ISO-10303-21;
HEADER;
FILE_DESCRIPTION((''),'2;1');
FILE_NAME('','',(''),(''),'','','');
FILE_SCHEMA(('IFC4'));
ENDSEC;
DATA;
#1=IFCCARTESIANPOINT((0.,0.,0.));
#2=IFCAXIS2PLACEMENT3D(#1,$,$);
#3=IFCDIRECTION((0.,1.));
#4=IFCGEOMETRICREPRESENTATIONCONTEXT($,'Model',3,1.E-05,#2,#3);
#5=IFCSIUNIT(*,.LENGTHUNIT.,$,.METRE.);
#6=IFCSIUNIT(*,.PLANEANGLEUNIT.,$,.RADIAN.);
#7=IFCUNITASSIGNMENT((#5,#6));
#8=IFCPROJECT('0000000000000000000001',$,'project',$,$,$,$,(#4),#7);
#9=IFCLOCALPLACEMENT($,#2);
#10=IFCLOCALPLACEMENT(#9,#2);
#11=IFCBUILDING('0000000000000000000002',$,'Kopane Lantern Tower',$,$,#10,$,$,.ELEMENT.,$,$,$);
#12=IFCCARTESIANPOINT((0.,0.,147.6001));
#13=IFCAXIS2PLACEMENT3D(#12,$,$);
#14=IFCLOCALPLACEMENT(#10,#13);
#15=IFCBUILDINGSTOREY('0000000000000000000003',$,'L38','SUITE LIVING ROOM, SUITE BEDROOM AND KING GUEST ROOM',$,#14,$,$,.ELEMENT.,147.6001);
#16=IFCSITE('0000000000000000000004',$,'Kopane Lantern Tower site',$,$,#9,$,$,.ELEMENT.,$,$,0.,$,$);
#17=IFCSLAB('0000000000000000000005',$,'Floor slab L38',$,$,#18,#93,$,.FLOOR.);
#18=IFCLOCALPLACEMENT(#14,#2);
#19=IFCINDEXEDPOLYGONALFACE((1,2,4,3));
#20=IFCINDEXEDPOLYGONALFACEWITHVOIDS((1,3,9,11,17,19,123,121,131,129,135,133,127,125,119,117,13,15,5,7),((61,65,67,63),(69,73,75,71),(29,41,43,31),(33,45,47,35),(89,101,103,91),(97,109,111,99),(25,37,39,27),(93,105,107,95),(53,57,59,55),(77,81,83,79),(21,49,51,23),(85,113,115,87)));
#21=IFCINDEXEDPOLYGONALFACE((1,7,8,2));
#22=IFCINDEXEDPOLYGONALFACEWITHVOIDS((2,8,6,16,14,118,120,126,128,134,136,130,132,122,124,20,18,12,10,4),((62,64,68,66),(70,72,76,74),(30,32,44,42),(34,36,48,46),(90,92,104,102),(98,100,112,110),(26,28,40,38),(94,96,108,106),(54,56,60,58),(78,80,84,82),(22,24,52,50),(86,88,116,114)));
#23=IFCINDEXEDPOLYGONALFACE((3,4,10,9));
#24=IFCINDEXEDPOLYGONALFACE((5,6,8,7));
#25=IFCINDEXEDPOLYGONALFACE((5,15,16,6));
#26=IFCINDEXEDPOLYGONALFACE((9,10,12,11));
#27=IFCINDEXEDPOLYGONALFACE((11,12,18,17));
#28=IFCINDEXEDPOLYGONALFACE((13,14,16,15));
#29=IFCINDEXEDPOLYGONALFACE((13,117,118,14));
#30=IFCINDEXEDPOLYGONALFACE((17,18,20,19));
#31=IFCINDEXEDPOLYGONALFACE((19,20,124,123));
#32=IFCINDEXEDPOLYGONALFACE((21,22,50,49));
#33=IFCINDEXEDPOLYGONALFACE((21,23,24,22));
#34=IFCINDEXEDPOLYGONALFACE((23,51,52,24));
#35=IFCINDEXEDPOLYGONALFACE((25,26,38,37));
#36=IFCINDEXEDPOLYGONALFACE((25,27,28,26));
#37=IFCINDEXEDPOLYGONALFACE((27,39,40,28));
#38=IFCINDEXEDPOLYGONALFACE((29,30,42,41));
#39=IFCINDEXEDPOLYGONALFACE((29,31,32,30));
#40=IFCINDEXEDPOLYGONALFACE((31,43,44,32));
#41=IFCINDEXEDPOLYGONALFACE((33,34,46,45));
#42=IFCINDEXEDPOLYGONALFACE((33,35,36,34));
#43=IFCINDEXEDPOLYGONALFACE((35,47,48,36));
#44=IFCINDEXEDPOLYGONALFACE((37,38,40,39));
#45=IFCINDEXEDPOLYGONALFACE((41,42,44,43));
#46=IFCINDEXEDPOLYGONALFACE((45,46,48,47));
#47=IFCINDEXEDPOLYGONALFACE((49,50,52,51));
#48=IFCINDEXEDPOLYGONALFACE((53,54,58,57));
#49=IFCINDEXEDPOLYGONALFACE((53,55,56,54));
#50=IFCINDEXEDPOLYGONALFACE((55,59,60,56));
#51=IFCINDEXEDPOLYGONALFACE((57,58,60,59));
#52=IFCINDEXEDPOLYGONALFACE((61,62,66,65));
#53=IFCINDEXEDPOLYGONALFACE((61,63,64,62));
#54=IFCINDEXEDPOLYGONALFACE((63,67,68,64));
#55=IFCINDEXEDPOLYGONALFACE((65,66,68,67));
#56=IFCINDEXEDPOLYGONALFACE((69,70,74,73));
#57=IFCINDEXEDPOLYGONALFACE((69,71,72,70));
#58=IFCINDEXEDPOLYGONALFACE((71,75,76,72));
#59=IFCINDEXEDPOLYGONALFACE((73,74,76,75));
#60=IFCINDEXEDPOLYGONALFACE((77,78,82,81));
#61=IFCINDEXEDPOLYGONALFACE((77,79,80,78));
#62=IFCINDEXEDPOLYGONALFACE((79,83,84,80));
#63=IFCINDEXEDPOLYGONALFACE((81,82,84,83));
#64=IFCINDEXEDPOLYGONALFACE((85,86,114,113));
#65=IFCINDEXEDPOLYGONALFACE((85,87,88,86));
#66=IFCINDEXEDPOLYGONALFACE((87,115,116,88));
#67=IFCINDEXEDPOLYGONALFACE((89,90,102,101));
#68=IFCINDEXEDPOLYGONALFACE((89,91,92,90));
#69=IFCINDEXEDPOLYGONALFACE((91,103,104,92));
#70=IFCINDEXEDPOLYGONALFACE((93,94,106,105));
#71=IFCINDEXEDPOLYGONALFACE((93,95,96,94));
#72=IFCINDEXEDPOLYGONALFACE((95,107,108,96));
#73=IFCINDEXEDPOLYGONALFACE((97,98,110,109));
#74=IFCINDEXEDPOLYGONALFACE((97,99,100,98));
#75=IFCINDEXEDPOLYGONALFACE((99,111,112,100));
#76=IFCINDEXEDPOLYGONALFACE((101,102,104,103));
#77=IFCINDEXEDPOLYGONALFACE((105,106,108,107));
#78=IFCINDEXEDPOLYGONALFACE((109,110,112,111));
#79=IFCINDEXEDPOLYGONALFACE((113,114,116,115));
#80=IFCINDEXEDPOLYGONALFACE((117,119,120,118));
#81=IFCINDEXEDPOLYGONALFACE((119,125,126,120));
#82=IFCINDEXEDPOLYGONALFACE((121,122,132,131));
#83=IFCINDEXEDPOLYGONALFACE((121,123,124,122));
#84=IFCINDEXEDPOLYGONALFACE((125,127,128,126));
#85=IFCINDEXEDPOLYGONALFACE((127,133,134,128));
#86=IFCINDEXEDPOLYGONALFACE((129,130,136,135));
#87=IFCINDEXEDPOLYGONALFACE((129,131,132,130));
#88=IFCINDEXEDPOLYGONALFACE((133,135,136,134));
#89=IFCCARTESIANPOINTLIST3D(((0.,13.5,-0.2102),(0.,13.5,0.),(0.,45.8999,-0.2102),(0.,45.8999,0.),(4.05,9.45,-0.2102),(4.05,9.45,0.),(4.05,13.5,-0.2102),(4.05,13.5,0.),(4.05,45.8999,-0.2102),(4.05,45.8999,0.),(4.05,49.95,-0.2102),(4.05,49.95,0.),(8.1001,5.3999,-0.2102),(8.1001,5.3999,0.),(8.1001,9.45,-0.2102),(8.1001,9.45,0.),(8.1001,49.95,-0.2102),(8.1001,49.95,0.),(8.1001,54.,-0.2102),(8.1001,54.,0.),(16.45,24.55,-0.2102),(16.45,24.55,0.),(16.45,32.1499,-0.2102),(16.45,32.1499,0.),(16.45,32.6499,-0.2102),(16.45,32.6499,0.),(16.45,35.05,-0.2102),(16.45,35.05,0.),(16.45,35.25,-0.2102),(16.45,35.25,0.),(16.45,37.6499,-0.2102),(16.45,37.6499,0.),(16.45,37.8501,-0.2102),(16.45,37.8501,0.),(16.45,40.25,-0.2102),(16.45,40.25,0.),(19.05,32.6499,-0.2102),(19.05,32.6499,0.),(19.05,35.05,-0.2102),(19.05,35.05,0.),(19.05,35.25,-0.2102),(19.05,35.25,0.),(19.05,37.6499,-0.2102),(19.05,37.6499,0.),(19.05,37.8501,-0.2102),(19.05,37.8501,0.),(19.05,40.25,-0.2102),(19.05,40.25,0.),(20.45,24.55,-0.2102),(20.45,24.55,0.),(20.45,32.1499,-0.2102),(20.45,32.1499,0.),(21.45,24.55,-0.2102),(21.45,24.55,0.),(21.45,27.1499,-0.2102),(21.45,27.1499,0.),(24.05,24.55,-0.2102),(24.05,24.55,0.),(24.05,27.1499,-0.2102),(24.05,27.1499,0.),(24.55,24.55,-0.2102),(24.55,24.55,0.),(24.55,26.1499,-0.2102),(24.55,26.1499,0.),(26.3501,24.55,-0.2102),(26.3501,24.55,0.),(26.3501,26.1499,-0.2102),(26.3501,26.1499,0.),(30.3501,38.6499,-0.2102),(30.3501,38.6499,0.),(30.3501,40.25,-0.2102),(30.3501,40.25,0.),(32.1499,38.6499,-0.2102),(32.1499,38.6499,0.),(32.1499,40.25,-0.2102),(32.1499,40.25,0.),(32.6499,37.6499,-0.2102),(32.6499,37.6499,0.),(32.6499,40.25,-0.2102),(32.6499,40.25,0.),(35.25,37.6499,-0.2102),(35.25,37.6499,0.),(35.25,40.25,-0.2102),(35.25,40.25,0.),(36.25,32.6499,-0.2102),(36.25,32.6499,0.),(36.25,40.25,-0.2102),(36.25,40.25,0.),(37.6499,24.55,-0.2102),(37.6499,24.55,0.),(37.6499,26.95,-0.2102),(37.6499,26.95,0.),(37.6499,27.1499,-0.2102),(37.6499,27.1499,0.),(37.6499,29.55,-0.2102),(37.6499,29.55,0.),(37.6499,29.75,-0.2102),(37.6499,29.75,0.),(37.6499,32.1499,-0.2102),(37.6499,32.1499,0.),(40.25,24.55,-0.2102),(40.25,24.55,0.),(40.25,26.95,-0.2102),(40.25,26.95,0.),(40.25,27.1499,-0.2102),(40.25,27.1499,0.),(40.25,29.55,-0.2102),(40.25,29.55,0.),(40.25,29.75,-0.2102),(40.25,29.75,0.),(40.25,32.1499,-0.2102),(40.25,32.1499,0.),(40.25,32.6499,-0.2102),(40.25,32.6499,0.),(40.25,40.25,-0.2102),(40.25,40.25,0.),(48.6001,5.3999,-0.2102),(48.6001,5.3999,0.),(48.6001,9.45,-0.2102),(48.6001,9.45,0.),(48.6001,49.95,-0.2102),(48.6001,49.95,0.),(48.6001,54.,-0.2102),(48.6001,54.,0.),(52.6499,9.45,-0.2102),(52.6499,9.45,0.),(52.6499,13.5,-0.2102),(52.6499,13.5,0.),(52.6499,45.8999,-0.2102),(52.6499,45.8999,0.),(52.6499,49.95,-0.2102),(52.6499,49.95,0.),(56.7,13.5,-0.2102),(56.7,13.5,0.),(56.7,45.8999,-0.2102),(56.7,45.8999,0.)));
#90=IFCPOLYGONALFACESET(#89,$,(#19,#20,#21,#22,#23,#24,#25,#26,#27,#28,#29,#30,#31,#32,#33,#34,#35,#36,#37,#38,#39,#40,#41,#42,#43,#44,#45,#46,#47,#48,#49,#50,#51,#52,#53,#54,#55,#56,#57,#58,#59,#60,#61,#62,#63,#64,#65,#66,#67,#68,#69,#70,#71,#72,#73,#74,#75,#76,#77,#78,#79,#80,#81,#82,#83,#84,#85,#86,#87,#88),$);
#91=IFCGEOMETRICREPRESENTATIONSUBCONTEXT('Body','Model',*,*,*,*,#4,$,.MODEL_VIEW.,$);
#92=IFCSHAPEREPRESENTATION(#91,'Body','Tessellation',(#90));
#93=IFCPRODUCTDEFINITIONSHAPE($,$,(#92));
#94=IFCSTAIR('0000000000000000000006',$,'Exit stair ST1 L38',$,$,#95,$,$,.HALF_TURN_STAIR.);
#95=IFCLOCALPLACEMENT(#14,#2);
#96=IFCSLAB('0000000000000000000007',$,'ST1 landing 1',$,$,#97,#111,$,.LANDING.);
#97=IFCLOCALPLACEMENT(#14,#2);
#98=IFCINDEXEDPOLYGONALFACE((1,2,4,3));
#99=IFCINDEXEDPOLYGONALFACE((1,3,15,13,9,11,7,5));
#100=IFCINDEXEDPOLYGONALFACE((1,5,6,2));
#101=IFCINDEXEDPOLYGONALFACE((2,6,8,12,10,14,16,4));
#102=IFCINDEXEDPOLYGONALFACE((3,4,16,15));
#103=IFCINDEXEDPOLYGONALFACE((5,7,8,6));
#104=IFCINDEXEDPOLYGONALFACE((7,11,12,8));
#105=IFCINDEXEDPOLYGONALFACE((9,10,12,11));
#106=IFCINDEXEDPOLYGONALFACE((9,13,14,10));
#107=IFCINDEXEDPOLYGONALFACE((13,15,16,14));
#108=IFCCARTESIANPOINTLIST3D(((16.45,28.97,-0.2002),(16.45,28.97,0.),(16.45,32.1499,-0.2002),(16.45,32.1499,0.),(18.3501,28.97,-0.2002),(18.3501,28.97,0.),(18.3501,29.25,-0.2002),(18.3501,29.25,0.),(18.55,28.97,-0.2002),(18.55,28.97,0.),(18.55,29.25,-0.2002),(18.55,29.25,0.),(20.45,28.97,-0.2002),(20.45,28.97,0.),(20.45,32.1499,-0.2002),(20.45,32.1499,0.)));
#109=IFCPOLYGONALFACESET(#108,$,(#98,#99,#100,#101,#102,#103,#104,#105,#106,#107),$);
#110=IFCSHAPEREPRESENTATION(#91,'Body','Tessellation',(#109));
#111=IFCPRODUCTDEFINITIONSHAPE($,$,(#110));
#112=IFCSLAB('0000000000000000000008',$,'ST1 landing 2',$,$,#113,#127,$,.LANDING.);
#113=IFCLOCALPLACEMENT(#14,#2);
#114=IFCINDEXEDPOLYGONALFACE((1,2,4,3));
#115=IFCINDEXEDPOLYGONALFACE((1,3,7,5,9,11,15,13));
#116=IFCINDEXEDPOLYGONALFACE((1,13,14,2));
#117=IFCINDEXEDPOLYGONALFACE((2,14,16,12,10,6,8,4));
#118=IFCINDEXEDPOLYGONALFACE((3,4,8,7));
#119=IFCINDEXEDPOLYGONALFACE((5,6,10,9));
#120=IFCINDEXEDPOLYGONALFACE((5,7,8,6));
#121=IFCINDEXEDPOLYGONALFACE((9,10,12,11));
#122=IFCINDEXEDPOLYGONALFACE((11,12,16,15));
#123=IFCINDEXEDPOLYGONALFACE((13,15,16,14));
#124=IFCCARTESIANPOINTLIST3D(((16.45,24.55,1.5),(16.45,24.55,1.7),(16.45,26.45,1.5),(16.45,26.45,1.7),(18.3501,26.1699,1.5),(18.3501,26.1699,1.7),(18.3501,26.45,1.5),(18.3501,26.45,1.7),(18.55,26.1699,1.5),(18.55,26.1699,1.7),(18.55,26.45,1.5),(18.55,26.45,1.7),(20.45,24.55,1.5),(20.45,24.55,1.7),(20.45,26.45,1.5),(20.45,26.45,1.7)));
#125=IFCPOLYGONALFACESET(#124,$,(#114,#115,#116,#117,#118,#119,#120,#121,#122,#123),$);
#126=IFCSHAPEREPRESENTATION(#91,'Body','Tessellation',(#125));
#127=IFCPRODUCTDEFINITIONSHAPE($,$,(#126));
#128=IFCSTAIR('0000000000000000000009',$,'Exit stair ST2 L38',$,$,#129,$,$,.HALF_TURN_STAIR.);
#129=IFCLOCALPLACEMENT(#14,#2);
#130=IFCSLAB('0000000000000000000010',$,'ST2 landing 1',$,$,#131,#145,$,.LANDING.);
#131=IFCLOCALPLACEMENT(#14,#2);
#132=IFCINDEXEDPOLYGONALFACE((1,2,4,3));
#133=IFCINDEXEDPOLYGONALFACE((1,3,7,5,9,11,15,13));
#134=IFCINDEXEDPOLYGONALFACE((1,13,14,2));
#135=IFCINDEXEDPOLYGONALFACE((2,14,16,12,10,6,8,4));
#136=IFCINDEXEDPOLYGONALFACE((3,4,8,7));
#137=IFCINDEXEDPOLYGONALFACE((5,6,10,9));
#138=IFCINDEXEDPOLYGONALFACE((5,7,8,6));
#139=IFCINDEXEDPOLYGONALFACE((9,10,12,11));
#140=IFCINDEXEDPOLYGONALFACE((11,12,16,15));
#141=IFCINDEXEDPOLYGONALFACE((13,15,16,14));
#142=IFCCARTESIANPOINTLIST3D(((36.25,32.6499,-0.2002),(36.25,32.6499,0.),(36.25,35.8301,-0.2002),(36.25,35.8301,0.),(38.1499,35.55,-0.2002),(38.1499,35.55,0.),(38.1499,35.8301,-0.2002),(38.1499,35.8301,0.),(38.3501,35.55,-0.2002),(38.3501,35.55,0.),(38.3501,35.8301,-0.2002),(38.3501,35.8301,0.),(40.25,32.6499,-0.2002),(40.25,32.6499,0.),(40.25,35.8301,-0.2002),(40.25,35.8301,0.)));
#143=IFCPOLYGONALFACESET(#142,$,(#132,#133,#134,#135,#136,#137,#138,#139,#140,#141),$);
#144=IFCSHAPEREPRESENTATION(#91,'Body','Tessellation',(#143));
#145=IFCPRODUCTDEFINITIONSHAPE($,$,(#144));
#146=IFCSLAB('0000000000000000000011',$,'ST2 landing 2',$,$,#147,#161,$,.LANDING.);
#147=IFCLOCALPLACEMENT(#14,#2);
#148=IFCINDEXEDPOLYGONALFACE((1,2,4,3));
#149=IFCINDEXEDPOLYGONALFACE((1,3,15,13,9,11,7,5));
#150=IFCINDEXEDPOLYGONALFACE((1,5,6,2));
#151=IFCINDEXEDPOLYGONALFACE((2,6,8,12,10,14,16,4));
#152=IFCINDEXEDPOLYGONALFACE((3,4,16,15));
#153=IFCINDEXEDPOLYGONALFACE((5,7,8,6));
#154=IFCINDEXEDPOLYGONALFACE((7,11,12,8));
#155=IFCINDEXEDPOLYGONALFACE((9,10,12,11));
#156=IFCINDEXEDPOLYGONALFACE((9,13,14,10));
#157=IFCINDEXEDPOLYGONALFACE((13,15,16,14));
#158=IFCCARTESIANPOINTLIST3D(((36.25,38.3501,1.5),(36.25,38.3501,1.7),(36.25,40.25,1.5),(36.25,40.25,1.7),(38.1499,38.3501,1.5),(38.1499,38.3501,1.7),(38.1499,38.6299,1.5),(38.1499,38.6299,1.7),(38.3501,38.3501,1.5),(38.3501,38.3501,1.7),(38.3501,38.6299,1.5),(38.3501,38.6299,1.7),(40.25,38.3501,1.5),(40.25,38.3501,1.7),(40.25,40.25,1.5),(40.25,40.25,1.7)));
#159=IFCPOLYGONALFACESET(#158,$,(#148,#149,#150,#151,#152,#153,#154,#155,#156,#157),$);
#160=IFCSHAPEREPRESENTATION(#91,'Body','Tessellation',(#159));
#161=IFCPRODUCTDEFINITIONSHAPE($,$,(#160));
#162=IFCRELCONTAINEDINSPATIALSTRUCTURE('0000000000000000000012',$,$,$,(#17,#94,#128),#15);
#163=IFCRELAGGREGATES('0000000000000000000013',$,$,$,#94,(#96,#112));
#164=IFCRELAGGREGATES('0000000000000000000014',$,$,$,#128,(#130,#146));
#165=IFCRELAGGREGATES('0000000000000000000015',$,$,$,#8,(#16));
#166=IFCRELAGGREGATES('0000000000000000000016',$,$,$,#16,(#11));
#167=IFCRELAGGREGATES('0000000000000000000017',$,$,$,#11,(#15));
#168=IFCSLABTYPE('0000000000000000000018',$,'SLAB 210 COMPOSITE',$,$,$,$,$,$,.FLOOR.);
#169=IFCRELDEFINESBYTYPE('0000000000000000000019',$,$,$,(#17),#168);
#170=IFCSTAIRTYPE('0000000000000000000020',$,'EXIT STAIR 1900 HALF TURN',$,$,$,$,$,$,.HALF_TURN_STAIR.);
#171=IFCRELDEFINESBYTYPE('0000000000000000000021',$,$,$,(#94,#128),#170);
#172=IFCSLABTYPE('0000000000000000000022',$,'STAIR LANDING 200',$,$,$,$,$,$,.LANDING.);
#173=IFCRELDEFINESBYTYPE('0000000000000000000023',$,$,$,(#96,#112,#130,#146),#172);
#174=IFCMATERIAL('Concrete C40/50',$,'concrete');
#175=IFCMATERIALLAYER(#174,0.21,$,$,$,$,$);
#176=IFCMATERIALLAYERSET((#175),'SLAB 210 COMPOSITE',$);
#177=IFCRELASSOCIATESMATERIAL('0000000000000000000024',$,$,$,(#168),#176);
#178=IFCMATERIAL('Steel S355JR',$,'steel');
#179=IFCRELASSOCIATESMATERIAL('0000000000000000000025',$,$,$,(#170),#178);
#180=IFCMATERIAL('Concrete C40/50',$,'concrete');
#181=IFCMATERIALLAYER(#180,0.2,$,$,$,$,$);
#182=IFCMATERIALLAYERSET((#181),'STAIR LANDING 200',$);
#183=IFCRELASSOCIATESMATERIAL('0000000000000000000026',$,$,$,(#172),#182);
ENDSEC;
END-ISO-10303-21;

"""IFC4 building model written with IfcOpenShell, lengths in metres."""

from ifc_helpers import new_model, si_unit, direction, frame, origin, place, context, subcontext, project, spatial, polyline, outline, extrude, material, layer, layer_set, type_object, element, aggregate, save


model = new_model("IFC4")

# Units and contexts
model_context = context("Model", 3, precision=1e-05, world=origin(), true_north=direction((0.0, 1.0)))
body_context = subcontext(model_context, "Body", "Model", "MODEL_VIEW")
ifc_project = project(units=[si_unit("LENGTHUNIT", "METRE"), si_unit("PLANEANGLEUNIT", "RADIAN")], contexts=[model_context])

# Site, building, storey
site_placement = place(None, origin())
site = spatial("IfcSite", under=ifc_project, at=site_placement, Name="Kopane Lantern Tower site", CompositionType="ELEMENT", RefElevation=0.0)
building_placement = place(site_placement, origin())
building = spatial("IfcBuilding", under=site, at=building_placement, Name="Kopane Lantern Tower", CompositionType="ELEMENT")
storey_placement = place(building_placement, frame((0.0, 0.0, 147.6001)))
storey = spatial("IfcBuildingStorey", under=building, at=storey_placement, Name="L38", Description="SUITE LIVING ROOM, SUITE BEDROOM AND KING GUEST ROOM", CompositionType="ELEMENT", Elevation=147.6001)

# Slab
ifc_material_1 = material(Name="Concrete C40/50", Category="concrete")
ifc_layer_1 = layer(ifc_material_1, 0.21)
ifc_layer_set_1 = layer_set([ifc_layer_1], Name="SLAB 210 COMPOSITE")
slab_type_1 = type_object("IfcSlabType", Name="SLAB 210 COMPOSITE", PredefinedType="FLOOR", material=ifc_layer_set_1)
slab_1_placement = place(storey_placement, frame((0.0, 0.0, -0.2102)))
element("IfcSlab", 1, at=slab_1_placement, inside=storey, type_object=slab_type_1, Name="Floor slab L38", PredefinedType="FLOOR", context=body_context, shape_type="SweptSolid", body=[
    extrude(outline(polyline([(8.1001, 5.3999), (48.6001, 5.3999), (48.6001, 9.45), (52.6499, 9.45), (52.6499, 13.5), (56.7, 13.5), (56.7, 45.8999), (52.6499, 45.8999), (52.6499, 49.95), (48.6001, 49.95), (48.6001, 54.0), (8.1001, 54.0), (8.1001, 49.95), (4.05, 49.95), (4.05, 45.8999), (0.0, 45.8999), (0.0, 13.5), (4.05, 13.5), (4.05, 9.45), (8.1001, 9.45), (8.1001, 5.3999)]), holes=[polyline([(16.45, 24.55), (20.45, 24.55), (20.45, 32.1499), (16.45, 32.1499), (16.45, 24.55)]), polyline([(36.25, 32.6499), (40.25, 32.6499), (40.25, 40.25), (36.25, 40.25), (36.25, 32.6499)]), polyline([(16.45, 32.6499), (19.05, 32.6499), (19.05, 35.05), (16.45, 35.05), (16.45, 32.6499)]), polyline([(16.45, 35.25), (19.05, 35.25), (19.05, 37.6499), (16.45, 37.6499), (16.45, 35.25)]), polyline([(16.45, 37.8501), (19.05, 37.8501), (19.05, 40.25), (16.45, 40.25), (16.45, 37.8501)]), polyline([(37.6499, 24.55), (40.25, 24.55), (40.25, 26.95), (37.6499, 26.95), (37.6499, 24.55)]), polyline([(37.6499, 27.1499), (40.25, 27.1499), (40.25, 29.55), (37.6499, 29.55), (37.6499, 27.1499)]), polyline([(37.6499, 29.75), (40.25, 29.75), (40.25, 32.1499), (37.6499, 32.1499), (37.6499, 29.75)]), polyline([(21.45, 24.55), (24.05, 24.55), (24.05, 27.1499), (21.45, 27.1499), (21.45, 24.55)]), polyline([(32.6499, 37.6499), (35.25, 37.6499), (35.25, 40.25), (32.6499, 40.25), (32.6499, 37.6499)]), polyline([(24.55, 24.55), (26.3501, 24.55), (26.3501, 26.1499), (24.55, 26.1499), (24.55, 24.55)]), polyline([(30.3501, 38.6499), (32.1499, 38.6499), (32.1499, 40.25), (30.3501, 40.25), (30.3501, 38.6499)])]), origin(), (0.0, 0.0, 1.0), 0.2102),
])

# Stairs, slabs
ifc_material_2 = material(Name="Steel S355JR", Category="steel")
stair_type = type_object("IfcStairType", Name="EXIT STAIR 1900 HALF TURN", PredefinedType="HALF_TURN_STAIR", material=ifc_material_2)
stair_1_placement = place(storey_placement, origin())
stair_1 = element("IfcStair", 2, at=stair_1_placement, inside=storey, type_object=stair_type, Name="Exit stair ST1 L38", PredefinedType="HALF_TURN_STAIR")
ifc_material_3 = material(Name="Concrete C40/50", Category="concrete")
ifc_layer_2 = layer(ifc_material_3, 0.2)
ifc_layer_set_2 = layer_set([ifc_layer_2], Name="STAIR LANDING 200")
slab_type_2 = type_object("IfcSlabType", Name="STAIR LANDING 200", PredefinedType="LANDING", material=ifc_layer_set_2)
slab_2_placement = place(storey_placement, frame((0.0, 0.0, -0.2002)))
slab_2 = element("IfcSlab", 3, at=slab_2_placement, type_object=slab_type_2, Name="ST1 landing 1", PredefinedType="LANDING", context=body_context, shape_type="SweptSolid", body=[
    extrude(outline(polyline([(18.3501, 29.25), (18.55, 29.25), (18.55, 28.97), (20.45, 28.97), (20.45, 32.1499), (16.45, 32.1499), (16.45, 28.97), (18.3501, 28.97), (18.3501, 29.25)])), origin(), (0.0, 0.0, 1.0), 0.2002),
])
slab_3_placement = place(storey_placement, frame((0.0, 0.0, 1.5)))
slab_3 = element("IfcSlab", 4, at=slab_3_placement, type_object=slab_type_2, Name="ST1 landing 2", PredefinedType="LANDING", context=body_context, shape_type="SweptSolid", body=[
    extrude(outline(polyline([(20.45, 26.45), (18.55, 26.45), (18.55, 26.1699), (18.3501, 26.1699), (18.3501, 26.45), (16.45, 26.45), (16.45, 24.55), (20.45, 24.55), (20.45, 26.45)])), origin(), (0.0, 0.0, 1.0), 0.2),
])
aggregate(stair_1, [slab_2, slab_3])
stair_2_placement = place(storey_placement, origin())
stair_2 = element("IfcStair", 5, at=stair_2_placement, inside=storey, type_object=stair_type, Name="Exit stair ST2 L38", PredefinedType="HALF_TURN_STAIR")
slab_4_placement = place(storey_placement, frame((0.0, 0.0, -0.2002)))
slab_4 = element("IfcSlab", 6, at=slab_4_placement, type_object=slab_type_2, Name="ST2 landing 1", PredefinedType="LANDING", context=body_context, shape_type="SweptSolid", body=[
    extrude(outline(polyline([(40.25, 35.8301), (38.3501, 35.8301), (38.3501, 35.55), (38.1499, 35.55), (38.1499, 35.8301), (36.25, 35.8301), (36.25, 32.6499), (40.25, 32.6499), (40.25, 35.8301)])), origin(), (0.0, 0.0, 1.0), 0.2002),
])
slab_5_placement = place(storey_placement, frame((0.0, 0.0, 1.5)))
slab_5 = element("IfcSlab", 7, at=slab_5_placement, type_object=slab_type_2, Name="ST2 landing 2", PredefinedType="LANDING", context=body_context, shape_type="SweptSolid", body=[
    extrude(outline(polyline([(38.1499, 38.6299), (38.3501, 38.6299), (38.3501, 38.3501), (40.25, 38.3501), (40.25, 40.25), (36.25, 40.25), (36.25, 38.3501), (38.1499, 38.3501), (38.1499, 38.6299)])), origin(), (0.0, 0.0, 1.0), 0.2),
])
aggregate(stair_2, [slab_4, slab_5])

save(model, "model.ifc")
